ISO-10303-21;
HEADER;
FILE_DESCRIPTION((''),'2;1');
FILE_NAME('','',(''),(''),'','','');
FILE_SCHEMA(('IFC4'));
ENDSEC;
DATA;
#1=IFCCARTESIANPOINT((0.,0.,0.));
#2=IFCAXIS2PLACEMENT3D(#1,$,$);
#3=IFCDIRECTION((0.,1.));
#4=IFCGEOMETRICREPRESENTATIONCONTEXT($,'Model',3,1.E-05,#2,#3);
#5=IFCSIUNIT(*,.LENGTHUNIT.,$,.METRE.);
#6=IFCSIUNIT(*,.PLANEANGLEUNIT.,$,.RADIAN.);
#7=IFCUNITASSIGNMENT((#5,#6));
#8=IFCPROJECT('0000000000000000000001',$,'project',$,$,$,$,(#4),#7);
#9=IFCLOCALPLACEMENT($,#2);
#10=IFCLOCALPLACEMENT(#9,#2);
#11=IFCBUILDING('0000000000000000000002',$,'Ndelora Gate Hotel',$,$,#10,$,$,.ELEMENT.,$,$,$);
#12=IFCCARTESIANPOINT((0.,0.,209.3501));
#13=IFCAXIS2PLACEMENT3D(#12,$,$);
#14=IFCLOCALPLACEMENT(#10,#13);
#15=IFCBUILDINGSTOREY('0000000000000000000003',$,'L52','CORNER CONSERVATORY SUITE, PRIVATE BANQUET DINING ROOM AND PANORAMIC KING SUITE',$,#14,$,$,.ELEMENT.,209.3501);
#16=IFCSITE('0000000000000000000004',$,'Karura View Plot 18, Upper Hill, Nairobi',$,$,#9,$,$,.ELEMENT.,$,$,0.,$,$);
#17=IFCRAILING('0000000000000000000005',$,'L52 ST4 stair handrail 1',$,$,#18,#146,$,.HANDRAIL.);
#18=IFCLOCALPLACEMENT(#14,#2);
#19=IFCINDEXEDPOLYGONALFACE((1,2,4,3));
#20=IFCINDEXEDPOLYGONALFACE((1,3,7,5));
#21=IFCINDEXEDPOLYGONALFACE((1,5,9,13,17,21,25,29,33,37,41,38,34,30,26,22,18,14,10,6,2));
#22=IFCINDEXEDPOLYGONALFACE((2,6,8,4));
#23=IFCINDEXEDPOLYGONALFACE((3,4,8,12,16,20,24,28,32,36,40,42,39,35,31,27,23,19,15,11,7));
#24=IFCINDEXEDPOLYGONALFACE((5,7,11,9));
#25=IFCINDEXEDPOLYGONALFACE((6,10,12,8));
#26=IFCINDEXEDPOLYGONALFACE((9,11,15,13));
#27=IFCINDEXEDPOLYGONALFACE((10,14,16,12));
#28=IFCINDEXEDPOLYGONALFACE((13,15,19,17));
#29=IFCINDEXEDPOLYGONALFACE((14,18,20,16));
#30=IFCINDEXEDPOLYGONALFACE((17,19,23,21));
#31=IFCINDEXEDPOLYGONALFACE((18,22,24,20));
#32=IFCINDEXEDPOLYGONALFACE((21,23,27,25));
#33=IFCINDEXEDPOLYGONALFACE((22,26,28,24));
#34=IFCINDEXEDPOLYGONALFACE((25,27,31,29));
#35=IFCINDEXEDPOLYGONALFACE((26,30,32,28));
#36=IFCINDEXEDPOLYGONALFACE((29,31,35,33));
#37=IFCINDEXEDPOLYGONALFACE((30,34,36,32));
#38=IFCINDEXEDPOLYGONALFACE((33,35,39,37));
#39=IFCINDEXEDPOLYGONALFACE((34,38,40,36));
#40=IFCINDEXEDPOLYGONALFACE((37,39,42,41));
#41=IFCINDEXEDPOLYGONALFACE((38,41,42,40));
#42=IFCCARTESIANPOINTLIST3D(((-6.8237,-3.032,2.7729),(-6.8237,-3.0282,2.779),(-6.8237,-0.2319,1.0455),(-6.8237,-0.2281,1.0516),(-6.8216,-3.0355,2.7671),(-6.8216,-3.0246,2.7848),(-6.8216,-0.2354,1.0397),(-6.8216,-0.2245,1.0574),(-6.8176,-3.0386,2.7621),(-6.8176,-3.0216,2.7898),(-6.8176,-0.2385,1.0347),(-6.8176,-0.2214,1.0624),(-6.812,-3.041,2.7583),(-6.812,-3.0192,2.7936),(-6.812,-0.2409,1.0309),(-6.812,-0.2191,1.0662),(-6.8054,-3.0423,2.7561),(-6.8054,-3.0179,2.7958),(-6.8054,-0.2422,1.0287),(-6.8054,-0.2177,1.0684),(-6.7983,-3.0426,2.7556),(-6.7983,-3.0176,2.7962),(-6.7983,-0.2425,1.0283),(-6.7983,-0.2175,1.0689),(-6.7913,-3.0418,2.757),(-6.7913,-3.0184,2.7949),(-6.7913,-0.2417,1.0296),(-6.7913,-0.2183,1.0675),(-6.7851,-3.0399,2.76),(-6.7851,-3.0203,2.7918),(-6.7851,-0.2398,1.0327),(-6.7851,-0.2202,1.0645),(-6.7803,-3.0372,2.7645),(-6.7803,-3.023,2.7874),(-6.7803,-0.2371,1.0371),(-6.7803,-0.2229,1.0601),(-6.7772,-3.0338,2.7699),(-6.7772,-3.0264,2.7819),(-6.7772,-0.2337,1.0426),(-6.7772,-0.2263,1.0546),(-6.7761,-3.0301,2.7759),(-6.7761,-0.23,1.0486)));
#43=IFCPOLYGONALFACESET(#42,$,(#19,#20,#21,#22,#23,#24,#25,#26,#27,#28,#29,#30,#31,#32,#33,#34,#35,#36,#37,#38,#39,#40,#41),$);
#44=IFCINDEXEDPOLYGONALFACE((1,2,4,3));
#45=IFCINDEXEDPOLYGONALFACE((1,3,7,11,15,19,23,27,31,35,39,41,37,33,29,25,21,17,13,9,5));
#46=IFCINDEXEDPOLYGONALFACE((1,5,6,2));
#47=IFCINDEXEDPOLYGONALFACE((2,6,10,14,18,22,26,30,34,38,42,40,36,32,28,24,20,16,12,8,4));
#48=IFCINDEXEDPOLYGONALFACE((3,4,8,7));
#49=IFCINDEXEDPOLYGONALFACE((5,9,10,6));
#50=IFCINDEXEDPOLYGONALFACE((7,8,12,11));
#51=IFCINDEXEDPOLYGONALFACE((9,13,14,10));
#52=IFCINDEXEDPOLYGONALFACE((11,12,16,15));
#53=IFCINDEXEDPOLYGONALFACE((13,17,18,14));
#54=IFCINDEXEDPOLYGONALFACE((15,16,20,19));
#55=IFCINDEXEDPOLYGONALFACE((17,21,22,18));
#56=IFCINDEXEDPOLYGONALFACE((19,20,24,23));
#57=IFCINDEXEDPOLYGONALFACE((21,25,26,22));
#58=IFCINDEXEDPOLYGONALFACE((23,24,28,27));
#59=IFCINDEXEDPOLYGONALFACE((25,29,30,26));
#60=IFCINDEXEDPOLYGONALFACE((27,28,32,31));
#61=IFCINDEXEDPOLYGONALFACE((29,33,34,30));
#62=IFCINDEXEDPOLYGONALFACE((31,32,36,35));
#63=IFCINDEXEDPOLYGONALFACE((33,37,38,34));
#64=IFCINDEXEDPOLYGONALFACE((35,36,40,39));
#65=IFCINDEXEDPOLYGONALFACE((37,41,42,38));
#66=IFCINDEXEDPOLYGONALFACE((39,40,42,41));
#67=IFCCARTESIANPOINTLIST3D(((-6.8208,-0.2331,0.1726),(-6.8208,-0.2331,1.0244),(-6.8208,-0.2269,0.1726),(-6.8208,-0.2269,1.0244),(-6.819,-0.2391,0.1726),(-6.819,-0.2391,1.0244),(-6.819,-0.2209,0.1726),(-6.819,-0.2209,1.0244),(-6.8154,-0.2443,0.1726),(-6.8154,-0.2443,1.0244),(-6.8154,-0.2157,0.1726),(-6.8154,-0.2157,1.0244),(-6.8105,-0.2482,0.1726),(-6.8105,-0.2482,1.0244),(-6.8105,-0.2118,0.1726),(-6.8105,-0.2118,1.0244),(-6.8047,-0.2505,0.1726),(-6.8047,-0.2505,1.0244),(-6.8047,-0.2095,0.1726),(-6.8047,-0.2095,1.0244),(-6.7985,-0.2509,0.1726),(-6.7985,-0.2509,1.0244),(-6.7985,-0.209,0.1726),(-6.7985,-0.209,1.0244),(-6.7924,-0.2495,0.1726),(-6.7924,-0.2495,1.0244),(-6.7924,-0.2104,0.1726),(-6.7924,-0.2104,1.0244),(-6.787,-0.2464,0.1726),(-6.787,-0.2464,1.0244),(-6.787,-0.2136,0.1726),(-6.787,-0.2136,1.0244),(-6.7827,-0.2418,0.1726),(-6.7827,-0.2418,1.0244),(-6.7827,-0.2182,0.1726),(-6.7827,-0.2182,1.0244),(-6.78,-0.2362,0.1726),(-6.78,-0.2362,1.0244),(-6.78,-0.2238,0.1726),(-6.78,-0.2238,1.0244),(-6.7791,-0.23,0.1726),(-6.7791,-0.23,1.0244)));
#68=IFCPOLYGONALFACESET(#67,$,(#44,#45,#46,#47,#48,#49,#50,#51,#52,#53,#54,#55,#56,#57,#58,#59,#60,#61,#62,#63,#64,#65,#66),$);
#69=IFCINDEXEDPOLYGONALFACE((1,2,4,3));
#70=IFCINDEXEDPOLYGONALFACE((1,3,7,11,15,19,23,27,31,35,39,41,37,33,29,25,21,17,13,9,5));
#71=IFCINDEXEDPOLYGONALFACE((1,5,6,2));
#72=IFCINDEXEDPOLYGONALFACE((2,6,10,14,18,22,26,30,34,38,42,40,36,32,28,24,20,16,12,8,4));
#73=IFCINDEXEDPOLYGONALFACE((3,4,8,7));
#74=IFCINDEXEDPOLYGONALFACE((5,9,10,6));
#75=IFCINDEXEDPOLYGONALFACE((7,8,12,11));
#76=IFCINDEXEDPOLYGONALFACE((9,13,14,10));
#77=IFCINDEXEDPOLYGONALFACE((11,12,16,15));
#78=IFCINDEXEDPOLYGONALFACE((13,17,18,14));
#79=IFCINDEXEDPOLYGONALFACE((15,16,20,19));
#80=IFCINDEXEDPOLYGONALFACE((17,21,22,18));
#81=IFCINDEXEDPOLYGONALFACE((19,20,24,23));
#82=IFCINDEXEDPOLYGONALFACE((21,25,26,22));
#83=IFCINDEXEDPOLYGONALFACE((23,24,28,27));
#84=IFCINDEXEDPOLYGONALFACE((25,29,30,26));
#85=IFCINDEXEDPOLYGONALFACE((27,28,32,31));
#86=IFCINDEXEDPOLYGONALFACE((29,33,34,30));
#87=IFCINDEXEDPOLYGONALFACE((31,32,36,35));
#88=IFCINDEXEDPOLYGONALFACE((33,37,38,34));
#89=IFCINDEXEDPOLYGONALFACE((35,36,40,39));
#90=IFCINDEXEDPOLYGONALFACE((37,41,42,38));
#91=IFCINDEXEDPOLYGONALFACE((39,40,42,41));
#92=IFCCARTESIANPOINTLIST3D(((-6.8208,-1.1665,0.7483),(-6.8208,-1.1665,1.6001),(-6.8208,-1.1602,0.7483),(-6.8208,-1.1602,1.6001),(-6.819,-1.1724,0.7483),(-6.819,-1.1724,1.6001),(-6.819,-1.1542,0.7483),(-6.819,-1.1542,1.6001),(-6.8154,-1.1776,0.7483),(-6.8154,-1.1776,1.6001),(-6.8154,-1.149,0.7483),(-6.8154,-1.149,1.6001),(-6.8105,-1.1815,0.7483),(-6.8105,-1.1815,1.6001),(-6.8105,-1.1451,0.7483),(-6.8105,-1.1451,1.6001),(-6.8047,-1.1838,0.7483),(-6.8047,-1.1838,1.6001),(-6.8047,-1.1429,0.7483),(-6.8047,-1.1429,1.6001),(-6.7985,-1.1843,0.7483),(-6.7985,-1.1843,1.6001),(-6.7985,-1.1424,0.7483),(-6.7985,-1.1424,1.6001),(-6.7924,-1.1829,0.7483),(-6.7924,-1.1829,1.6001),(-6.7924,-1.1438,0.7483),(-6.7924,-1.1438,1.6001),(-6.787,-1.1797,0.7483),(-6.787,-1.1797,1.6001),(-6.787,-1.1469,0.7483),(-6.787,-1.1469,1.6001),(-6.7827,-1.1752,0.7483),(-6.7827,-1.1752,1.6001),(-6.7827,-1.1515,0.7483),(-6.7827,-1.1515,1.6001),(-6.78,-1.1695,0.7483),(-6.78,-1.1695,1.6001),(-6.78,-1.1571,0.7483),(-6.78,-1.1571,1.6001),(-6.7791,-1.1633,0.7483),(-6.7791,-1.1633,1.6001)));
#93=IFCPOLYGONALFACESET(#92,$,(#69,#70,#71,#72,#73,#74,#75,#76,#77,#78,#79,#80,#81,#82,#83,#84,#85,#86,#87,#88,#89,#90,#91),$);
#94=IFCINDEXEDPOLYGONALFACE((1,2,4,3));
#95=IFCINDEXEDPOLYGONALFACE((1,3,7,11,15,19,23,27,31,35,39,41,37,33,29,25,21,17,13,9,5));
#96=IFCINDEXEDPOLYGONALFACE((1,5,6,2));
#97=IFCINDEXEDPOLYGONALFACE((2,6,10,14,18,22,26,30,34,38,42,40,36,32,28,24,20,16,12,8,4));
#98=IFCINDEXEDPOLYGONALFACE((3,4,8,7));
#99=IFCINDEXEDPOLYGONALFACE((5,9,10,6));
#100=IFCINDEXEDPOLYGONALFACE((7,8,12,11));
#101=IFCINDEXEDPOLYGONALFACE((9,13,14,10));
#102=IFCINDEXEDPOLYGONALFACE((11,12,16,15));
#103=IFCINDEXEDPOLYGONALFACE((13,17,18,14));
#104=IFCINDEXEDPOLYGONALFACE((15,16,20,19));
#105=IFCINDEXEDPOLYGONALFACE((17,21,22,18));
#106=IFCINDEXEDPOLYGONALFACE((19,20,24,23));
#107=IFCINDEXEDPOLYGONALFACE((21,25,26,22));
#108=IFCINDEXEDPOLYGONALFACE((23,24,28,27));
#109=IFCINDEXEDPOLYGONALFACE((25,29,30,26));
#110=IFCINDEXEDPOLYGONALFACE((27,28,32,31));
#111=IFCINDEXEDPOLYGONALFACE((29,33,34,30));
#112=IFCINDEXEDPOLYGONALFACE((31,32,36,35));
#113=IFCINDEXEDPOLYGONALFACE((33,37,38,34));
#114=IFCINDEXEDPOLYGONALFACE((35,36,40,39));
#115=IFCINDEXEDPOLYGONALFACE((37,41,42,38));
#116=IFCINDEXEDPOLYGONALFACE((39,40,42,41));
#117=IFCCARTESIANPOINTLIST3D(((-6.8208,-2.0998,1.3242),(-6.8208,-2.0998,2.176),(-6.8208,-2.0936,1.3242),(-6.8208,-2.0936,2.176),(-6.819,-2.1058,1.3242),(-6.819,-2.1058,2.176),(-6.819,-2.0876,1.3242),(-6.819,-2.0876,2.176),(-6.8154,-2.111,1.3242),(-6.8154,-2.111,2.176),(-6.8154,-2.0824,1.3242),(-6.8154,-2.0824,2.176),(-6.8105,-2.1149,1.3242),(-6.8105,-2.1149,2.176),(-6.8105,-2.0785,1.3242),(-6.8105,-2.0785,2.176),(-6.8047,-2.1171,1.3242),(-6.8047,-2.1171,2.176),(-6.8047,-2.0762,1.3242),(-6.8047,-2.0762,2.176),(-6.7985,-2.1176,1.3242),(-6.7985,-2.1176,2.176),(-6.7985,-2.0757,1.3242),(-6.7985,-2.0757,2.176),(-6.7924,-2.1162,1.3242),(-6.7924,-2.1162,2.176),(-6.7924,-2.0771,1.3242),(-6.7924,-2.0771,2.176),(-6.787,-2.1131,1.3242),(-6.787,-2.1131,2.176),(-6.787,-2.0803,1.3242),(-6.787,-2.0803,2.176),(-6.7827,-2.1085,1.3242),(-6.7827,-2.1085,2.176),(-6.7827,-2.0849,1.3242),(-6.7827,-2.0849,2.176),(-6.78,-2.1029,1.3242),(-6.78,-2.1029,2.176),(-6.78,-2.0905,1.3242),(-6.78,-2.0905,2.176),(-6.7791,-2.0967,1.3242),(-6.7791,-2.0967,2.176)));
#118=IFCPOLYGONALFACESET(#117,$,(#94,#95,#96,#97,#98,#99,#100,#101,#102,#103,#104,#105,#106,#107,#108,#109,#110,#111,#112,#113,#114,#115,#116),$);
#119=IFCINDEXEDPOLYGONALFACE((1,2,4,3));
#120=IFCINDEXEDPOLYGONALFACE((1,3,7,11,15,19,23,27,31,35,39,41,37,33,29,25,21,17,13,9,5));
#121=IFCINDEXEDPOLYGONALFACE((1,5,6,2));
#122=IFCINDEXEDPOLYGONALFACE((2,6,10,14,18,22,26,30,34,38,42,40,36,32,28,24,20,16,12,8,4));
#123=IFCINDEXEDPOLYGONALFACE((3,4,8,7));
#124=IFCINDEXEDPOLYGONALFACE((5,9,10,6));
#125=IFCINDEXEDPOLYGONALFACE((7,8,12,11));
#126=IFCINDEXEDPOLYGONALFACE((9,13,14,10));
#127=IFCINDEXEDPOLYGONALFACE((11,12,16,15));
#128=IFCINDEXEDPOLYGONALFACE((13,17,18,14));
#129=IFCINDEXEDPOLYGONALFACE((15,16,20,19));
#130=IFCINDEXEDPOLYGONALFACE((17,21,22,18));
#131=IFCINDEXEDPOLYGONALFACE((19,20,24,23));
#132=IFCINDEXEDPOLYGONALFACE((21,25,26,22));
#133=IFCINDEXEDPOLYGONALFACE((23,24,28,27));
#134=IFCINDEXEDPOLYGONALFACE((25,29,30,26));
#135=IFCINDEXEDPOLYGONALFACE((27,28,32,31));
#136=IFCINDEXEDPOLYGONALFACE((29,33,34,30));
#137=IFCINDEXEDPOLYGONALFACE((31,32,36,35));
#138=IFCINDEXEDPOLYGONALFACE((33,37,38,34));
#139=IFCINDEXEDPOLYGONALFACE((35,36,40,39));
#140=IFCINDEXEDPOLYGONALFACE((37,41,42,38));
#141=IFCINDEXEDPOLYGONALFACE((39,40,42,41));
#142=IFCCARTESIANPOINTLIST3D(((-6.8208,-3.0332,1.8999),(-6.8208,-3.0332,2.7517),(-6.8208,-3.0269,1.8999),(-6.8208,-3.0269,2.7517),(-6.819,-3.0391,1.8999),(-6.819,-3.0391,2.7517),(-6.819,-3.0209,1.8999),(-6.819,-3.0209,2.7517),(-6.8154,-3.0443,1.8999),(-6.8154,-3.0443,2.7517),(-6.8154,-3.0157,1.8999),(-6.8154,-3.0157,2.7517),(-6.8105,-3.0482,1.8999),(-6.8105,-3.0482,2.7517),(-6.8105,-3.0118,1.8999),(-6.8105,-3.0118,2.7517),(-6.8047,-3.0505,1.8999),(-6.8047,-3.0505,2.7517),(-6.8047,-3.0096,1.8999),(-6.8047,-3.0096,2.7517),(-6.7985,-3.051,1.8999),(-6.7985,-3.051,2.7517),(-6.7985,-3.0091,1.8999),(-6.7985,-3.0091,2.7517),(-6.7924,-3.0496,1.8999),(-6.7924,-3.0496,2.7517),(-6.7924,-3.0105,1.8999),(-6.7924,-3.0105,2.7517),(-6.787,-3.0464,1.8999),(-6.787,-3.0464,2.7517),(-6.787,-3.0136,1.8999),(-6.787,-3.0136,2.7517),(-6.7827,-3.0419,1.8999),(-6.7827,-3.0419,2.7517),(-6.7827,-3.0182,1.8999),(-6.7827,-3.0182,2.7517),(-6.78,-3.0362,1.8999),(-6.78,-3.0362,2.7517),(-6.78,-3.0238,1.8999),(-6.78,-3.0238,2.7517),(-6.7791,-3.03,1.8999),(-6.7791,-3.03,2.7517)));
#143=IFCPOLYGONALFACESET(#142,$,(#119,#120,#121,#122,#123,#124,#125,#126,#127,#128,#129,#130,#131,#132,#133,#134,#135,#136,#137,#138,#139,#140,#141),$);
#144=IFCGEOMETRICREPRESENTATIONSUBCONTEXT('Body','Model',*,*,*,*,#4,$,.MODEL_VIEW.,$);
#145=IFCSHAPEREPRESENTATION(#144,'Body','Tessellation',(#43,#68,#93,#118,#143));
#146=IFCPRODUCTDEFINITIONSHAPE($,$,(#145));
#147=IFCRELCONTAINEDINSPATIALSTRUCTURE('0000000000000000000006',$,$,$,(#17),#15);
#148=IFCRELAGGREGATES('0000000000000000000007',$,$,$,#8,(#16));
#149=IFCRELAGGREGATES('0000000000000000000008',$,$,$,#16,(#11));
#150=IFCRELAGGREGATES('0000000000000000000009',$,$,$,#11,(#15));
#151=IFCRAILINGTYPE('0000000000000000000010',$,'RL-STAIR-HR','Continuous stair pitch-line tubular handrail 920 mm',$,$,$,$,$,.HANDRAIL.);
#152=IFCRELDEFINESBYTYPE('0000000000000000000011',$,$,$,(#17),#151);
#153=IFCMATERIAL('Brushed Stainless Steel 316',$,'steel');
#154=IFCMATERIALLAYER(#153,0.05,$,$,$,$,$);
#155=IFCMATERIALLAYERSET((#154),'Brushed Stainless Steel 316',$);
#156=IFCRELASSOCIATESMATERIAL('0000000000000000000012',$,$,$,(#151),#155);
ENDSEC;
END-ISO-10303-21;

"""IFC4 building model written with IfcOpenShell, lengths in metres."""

from ifc_helpers import new_model, si_unit, direction, frame, origin, origin_2d, place, context, subcontext, project, spatial, circle, extrude, material, layer, layer_set, type_object, element, save


model = new_model("IFC4")

# Units and contexts
model_context = context("Model", 3, precision=1e-05, world=origin(), true_north=direction((0.0, 1.0)))
body_context = subcontext(model_context, "Body", "Model", "MODEL_VIEW")
ifc_project = project(units=[si_unit("LENGTHUNIT", "METRE"), si_unit("PLANEANGLEUNIT", "RADIAN")], contexts=[model_context])

# Site, building, storey
site_placement = place(None, origin())
site = spatial("IfcSite", under=ifc_project, at=site_placement, Name="Karura View Plot 18, Upper Hill, Nairobi", CompositionType="ELEMENT", RefElevation=0.0)
building_placement = place(site_placement, origin())
building = spatial("IfcBuilding", under=site, at=building_placement, Name="Ndelora Gate Hotel", CompositionType="ELEMENT")
storey_placement = place(building_placement, frame((0.0, 0.0, 209.3501)))
storey = spatial("IfcBuildingStorey", under=building, at=storey_placement, Name="L52", Description="CORNER CONSERVATORY SUITE, PRIVATE BANQUET DINING ROOM AND PANORAMIC KING SUITE", CompositionType="ELEMENT", Elevation=209.3501)

# Railing
ifc_material_1 = material(Name="Brushed Stainless Steel 316", Category="steel")
ifc_layer_1 = layer(ifc_material_1, 0.05)
ifc_layer_set_1 = layer_set([ifc_layer_1], Name="Brushed Stainless Steel 316")
railing_type_1 = type_object("IfcRailingType", Name="RL-STAIR-HR", Description="Continuous stair pitch-line tubular handrail 920 mm", PredefinedType="HANDRAIL", material=ifc_layer_set_1)
railing_1_placement = place(storey_placement, frame((-6.8, -0.23, 0.1726)))
element("IfcRailing", 1, at=railing_1_placement, inside=storey, type_object=railing_type_1, Name="L52 ST4 stair handrail 1", PredefinedType="HANDRAIL", context=body_context, shape_type="SweptSolid", body=[
    extrude(circle(Radius=0.0239, at=origin_2d()), frame((0.0, 0.0, 0.876), z_axis=(0.0, -0.85109, 0.52502), x_axis=(1.0, 0.0, 0.0)), (0.0, 0.0, 1.0), 3.29),
    extrude(circle(Radius=0.021, at=origin_2d()), origin(), (0.0, 0.0, 1.0), 0.8518),
    extrude(circle(Radius=0.021, at=origin_2d()), frame((0.0, -0.9333, 0.5757)), (0.0, 0.0, 1.0), 0.8518),
    extrude(circle(Radius=0.021, at=origin_2d()), frame((0.0, -1.8667, 1.1516)), (0.0, 0.0, 1.0), 0.8518),
    extrude(circle(Radius=0.021, at=origin_2d()), frame((0.0, -2.8, 1.7273)), (0.0, 0.0, 1.0), 0.8518),
])

save(model, "model.ifc")
